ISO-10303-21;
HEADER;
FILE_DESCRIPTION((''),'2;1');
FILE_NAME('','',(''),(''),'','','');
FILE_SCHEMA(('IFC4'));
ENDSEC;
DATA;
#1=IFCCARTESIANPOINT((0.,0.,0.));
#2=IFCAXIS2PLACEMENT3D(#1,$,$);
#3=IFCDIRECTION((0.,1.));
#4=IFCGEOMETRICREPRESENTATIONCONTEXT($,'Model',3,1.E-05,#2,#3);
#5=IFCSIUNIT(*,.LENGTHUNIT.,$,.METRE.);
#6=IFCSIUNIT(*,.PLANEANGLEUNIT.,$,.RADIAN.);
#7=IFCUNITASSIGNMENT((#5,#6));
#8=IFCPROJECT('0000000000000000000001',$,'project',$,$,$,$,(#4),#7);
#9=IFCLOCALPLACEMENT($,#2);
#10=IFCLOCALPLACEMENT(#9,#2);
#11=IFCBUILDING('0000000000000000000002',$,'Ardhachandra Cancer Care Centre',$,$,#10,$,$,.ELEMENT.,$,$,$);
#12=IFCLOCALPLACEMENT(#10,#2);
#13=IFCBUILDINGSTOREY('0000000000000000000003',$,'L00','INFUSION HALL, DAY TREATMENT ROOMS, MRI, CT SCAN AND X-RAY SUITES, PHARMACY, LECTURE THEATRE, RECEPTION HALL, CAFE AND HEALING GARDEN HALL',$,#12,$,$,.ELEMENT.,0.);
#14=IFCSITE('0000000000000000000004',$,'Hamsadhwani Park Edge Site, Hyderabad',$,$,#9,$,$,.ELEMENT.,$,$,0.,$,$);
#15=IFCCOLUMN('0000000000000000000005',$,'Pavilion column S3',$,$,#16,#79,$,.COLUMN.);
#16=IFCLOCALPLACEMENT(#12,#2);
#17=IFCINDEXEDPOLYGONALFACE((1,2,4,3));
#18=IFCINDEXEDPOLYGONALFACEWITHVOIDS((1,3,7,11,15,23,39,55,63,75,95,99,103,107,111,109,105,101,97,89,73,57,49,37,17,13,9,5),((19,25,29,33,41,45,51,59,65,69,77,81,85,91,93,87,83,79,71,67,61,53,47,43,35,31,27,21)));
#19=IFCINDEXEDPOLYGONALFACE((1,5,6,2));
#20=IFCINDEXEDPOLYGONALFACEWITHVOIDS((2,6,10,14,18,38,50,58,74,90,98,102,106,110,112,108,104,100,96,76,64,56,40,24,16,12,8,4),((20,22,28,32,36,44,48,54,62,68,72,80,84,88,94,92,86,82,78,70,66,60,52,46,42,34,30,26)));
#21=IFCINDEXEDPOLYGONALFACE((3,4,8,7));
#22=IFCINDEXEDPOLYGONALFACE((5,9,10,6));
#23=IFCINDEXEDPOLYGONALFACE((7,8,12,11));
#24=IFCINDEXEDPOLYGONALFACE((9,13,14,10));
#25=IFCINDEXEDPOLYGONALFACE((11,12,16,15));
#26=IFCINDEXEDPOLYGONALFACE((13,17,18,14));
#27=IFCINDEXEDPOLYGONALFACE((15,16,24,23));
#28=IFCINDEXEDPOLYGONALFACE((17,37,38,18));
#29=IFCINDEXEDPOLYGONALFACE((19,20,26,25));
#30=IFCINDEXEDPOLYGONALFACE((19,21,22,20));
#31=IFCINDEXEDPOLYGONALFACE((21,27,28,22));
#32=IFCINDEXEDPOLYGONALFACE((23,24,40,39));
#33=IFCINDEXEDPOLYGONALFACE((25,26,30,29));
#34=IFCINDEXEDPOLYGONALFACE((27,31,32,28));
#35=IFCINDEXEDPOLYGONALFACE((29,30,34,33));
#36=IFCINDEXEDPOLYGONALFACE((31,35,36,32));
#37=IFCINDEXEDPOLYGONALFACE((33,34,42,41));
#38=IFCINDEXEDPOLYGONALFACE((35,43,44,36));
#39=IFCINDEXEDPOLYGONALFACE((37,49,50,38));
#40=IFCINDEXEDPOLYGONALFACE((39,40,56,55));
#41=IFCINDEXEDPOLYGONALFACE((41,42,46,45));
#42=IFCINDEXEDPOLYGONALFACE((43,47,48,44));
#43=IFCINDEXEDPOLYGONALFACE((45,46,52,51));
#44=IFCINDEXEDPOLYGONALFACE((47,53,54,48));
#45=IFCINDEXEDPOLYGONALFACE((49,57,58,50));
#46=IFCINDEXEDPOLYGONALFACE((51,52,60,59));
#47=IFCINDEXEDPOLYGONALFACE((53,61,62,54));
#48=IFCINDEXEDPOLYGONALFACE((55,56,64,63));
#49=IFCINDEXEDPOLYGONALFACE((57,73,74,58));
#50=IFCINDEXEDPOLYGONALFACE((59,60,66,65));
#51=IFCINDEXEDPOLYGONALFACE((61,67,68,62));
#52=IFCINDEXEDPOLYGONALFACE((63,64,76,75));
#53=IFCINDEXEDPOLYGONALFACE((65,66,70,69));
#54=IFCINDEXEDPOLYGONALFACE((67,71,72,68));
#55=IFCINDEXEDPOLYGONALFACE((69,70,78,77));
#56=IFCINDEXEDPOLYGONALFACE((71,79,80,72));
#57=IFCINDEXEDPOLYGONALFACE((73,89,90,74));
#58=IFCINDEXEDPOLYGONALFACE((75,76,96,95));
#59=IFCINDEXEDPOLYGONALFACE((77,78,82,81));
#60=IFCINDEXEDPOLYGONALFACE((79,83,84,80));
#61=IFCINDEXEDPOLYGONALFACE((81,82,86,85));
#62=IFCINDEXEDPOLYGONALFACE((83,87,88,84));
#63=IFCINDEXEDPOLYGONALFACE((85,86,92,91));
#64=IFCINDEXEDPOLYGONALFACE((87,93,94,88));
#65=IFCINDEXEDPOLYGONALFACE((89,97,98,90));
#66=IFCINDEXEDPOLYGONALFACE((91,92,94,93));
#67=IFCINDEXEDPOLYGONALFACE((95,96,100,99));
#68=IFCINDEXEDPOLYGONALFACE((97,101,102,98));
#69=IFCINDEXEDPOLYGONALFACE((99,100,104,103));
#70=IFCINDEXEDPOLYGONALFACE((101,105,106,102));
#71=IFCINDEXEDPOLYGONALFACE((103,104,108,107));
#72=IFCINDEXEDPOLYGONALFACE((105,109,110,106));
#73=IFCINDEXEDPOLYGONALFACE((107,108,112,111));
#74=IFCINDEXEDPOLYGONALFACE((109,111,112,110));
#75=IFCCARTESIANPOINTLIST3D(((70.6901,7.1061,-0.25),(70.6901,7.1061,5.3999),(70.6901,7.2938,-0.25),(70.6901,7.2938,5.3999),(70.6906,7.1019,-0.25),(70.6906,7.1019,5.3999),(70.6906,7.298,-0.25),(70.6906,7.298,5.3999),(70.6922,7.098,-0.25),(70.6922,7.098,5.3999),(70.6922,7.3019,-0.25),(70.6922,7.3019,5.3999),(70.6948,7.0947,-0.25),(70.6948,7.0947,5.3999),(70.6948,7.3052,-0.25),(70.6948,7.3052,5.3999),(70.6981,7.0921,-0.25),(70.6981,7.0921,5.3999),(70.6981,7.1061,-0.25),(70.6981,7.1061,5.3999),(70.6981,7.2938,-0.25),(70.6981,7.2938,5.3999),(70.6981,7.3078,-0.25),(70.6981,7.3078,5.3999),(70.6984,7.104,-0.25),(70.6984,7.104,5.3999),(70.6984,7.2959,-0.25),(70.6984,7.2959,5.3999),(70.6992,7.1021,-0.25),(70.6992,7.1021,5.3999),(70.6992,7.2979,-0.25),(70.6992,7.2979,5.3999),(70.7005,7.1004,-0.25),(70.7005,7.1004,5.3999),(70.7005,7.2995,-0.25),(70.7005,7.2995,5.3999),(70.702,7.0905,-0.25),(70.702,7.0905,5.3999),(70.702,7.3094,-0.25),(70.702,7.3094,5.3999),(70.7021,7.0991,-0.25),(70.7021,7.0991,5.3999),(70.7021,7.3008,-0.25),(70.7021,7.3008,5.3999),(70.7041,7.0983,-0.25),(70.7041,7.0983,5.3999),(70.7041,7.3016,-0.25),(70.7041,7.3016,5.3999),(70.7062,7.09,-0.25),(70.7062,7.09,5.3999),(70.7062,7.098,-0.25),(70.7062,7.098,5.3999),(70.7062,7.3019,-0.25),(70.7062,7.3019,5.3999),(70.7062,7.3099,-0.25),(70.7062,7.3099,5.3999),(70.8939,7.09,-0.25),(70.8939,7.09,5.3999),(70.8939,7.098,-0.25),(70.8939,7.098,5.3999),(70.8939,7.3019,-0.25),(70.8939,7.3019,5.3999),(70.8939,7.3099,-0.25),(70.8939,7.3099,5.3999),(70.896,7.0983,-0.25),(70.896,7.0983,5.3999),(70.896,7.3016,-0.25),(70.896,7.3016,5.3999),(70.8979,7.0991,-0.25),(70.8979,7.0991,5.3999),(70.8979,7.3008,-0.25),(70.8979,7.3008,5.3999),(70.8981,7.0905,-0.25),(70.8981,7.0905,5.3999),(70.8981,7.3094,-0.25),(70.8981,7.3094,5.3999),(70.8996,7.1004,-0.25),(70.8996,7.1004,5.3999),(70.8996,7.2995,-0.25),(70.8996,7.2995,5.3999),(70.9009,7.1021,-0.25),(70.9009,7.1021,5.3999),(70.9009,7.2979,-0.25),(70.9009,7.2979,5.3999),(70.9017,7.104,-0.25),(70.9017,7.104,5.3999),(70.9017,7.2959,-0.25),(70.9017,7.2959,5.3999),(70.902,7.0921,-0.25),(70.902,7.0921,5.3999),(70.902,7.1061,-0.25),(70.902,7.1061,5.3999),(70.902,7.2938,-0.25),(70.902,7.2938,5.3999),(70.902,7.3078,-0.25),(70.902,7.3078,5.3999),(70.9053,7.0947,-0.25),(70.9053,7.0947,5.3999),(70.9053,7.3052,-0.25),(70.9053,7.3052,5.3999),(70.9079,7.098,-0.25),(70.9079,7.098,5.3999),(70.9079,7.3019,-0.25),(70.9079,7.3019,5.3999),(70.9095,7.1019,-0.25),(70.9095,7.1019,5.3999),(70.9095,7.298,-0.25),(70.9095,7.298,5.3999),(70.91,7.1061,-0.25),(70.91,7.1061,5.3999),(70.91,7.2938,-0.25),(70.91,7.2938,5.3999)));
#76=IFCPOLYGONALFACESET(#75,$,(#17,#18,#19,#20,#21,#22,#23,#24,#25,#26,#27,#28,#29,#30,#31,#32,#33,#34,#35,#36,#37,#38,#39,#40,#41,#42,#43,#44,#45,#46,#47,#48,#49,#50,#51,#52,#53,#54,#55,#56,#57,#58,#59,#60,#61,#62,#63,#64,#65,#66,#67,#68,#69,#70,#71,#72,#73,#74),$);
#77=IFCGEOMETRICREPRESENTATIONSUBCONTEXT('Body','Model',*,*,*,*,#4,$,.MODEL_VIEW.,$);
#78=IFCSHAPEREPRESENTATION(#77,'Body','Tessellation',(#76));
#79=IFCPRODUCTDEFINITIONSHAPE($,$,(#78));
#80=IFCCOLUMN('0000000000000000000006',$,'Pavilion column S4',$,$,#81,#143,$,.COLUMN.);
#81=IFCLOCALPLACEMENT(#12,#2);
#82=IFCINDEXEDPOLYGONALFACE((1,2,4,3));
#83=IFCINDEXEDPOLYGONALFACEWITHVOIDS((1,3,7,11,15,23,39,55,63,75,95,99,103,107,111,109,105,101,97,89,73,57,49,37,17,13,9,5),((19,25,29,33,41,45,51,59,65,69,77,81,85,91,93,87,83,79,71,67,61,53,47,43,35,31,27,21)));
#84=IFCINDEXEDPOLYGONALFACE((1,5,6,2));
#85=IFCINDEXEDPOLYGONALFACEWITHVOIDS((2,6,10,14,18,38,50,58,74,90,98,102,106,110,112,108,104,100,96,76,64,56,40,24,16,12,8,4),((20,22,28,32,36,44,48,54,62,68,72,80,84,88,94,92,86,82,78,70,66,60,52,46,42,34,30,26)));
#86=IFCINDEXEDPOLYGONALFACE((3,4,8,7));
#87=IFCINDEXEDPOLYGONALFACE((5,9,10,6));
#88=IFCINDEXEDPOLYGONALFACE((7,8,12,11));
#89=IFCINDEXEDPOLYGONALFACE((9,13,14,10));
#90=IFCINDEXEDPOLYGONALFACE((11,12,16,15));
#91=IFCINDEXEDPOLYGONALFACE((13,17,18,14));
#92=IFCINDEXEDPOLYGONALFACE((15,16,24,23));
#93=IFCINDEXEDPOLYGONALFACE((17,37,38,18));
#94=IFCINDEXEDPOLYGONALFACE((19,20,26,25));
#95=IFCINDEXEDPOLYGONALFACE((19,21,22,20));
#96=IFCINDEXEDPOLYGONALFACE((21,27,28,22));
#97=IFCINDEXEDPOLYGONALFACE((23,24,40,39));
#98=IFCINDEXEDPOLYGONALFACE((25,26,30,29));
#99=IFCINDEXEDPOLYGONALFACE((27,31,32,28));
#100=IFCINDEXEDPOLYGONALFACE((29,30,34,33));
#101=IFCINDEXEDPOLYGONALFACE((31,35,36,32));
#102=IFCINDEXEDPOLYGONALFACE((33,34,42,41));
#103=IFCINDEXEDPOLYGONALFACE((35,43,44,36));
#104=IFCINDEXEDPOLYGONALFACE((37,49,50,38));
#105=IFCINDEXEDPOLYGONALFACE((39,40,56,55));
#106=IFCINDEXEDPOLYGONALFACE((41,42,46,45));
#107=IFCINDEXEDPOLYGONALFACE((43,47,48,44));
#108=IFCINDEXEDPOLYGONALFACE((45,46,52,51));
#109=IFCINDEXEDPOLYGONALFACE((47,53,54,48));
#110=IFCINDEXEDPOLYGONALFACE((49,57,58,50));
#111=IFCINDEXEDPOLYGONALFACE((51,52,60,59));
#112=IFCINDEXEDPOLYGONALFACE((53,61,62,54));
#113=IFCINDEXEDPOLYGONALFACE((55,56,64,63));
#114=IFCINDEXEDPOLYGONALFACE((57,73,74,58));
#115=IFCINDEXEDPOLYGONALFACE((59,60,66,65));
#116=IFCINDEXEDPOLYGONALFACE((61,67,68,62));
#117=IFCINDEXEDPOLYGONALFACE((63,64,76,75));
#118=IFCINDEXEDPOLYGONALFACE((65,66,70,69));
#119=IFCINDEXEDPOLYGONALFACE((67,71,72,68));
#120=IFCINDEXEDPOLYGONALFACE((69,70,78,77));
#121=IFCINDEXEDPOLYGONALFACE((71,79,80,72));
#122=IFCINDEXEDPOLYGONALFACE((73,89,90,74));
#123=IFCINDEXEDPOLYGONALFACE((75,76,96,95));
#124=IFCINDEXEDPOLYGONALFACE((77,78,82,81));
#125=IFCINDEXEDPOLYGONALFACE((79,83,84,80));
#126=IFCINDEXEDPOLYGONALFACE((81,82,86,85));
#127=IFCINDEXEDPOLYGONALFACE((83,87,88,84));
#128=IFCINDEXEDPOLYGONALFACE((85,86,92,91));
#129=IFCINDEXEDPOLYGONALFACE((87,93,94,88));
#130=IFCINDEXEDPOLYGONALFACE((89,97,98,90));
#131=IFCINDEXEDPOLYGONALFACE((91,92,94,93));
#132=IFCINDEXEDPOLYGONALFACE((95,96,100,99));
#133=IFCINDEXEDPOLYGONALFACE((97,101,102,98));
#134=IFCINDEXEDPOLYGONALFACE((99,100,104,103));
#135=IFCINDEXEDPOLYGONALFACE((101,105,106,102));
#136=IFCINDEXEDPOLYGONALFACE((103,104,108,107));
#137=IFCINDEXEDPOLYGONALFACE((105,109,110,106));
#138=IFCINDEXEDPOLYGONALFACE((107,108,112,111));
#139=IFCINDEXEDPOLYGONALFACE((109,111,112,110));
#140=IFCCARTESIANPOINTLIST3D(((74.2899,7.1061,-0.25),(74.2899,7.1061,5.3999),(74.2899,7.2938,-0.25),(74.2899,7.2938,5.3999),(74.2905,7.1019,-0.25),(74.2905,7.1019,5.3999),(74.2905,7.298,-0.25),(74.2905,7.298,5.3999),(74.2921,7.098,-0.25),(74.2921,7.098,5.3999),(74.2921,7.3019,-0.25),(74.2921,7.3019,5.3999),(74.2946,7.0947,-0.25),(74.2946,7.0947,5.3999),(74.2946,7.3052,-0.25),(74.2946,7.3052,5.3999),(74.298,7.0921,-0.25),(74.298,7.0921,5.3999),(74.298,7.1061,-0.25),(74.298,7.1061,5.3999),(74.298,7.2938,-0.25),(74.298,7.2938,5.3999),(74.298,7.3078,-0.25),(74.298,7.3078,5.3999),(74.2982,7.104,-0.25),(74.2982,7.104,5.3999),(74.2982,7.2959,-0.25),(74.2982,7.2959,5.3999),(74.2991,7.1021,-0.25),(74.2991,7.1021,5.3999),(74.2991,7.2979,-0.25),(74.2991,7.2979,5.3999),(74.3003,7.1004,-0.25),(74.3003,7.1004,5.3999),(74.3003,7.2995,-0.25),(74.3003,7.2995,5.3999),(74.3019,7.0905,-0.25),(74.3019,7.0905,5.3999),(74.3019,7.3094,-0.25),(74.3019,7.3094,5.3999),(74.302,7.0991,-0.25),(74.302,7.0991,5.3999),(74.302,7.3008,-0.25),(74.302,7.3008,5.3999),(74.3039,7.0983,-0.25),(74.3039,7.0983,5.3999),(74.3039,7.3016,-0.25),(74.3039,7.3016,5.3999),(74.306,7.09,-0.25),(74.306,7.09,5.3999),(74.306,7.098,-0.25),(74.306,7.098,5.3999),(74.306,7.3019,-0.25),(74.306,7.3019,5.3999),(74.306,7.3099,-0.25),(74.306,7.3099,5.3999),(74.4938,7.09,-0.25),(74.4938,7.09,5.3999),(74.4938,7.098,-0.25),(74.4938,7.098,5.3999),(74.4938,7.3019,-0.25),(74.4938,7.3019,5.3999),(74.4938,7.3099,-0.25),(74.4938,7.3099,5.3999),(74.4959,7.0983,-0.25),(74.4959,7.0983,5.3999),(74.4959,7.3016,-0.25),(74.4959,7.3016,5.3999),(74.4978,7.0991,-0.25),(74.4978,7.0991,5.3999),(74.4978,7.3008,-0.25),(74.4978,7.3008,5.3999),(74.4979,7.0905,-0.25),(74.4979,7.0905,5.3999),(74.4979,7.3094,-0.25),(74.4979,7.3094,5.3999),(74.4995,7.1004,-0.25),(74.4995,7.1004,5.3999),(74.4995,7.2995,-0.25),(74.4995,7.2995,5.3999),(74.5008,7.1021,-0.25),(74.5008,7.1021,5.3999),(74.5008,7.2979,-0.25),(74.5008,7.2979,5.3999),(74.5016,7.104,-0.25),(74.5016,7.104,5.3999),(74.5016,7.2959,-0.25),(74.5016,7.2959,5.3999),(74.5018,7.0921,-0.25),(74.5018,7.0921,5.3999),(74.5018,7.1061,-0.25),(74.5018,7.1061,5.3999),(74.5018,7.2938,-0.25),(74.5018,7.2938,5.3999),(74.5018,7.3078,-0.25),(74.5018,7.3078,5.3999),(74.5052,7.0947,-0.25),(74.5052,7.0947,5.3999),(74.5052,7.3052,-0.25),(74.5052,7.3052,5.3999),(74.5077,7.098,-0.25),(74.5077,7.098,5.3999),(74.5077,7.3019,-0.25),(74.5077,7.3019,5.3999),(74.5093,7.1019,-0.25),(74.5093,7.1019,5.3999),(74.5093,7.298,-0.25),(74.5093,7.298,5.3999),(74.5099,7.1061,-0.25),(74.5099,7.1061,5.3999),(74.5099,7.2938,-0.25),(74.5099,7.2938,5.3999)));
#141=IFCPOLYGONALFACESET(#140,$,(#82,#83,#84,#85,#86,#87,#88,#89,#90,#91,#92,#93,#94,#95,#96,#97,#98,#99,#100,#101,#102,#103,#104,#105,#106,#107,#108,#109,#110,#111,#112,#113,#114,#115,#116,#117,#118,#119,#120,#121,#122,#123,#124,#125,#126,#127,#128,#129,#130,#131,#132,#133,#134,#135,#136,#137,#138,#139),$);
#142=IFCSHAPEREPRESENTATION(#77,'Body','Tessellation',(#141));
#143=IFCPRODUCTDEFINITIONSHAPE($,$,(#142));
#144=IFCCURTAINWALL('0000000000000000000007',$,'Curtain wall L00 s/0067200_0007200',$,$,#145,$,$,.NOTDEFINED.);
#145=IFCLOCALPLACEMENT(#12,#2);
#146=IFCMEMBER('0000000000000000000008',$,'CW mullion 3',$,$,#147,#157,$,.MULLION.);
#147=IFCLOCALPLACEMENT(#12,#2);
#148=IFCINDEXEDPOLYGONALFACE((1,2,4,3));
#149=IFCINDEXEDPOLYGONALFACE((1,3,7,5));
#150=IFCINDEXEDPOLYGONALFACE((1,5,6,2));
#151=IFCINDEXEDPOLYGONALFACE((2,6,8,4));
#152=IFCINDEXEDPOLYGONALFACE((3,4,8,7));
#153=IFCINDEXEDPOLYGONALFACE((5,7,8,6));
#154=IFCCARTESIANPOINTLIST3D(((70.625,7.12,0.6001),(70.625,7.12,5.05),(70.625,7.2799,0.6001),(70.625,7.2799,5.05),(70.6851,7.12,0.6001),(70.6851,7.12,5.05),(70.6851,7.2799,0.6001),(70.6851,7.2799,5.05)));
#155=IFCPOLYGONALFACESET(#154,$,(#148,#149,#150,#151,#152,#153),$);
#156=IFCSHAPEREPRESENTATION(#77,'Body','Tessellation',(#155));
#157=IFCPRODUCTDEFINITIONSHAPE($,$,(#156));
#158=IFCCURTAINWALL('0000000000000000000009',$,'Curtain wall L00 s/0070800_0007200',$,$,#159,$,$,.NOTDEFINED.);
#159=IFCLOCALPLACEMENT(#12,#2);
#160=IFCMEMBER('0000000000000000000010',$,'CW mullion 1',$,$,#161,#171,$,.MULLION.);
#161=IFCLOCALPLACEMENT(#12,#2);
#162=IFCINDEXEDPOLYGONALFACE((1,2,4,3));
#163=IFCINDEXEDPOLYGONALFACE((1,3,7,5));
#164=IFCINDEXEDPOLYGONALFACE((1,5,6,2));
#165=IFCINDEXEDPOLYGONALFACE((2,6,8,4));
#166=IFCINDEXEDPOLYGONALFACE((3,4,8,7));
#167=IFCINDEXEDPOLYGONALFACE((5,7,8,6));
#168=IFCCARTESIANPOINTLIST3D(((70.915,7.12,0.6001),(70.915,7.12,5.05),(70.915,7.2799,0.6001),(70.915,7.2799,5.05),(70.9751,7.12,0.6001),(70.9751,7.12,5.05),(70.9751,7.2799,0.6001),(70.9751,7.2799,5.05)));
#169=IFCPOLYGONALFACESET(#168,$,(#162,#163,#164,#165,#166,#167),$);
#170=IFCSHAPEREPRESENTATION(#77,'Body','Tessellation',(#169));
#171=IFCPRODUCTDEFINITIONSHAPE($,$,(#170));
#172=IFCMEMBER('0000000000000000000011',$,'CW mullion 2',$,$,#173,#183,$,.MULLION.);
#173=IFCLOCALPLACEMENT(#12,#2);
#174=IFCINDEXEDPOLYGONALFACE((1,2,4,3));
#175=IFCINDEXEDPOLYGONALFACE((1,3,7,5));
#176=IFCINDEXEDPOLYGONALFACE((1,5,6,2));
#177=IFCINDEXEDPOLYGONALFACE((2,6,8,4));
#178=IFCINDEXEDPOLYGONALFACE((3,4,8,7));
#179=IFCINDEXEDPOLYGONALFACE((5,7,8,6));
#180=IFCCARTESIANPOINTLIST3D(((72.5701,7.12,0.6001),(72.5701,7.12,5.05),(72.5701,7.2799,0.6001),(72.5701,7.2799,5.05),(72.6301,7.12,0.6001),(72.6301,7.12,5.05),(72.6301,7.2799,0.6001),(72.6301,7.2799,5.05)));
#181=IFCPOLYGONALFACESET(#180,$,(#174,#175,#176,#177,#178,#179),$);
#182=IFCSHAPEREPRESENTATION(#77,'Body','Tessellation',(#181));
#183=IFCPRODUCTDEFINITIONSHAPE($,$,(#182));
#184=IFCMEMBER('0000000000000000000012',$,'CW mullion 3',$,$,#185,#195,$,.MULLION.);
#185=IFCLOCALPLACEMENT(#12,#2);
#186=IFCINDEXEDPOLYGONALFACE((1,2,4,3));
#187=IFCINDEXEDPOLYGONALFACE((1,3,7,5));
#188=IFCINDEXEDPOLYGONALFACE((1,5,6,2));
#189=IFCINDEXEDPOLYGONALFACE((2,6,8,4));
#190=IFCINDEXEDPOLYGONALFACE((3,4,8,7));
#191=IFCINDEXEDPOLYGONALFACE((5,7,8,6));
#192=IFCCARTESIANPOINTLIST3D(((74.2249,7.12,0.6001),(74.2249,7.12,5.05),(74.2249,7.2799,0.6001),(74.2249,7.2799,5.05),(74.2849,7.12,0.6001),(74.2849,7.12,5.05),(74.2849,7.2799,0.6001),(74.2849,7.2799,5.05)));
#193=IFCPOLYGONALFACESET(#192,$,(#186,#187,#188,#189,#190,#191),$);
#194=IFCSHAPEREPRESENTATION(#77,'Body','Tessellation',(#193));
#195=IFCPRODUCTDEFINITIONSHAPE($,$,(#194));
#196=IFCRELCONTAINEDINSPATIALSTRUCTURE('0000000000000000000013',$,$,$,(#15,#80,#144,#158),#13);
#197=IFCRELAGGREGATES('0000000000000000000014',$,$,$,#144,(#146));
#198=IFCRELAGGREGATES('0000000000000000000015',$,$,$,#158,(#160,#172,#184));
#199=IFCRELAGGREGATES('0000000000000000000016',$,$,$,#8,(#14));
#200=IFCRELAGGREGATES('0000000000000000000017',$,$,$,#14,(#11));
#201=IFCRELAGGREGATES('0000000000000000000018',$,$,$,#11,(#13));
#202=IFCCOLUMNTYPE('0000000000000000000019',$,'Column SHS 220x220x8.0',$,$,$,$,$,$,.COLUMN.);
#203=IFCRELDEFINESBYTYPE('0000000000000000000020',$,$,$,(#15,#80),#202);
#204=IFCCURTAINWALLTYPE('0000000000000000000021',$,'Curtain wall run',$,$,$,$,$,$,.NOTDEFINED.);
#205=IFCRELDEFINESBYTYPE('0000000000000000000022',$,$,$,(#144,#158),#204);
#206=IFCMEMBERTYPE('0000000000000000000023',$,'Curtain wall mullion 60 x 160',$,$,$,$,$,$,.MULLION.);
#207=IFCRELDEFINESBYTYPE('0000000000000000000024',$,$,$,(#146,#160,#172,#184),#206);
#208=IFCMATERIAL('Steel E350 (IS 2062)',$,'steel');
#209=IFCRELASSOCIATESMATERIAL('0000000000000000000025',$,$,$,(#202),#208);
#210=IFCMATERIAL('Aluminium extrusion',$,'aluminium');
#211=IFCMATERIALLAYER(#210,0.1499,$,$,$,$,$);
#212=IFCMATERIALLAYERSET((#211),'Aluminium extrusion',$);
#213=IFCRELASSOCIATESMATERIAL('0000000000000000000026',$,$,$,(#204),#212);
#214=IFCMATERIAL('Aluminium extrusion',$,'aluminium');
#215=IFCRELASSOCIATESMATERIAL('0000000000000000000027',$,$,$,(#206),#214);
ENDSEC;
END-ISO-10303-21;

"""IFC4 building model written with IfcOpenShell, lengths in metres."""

from ifc_helpers import new_model, si_unit, direction, frame, origin, origin_2d, place, context, subcontext, project, spatial, rectangle, hollow_rectangle, extrude, material, layer, layer_set, material_profile, profile_set, type_object, element, aggregate, save


model = new_model("IFC4")

# Units and contexts
model_context = context("Model", 3, precision=1e-05, world=origin(), true_north=direction((0.0, 1.0)))
body_context = subcontext(model_context, "Body", "Model", "MODEL_VIEW")
ifc_project = project(units=[si_unit("LENGTHUNIT", "METRE"), si_unit("PLANEANGLEUNIT", "RADIAN")], contexts=[model_context])

# Site, building, storey
site_placement = place(None, origin())
site = spatial("IfcSite", under=ifc_project, at=site_placement, Name="Hamsadhwani Park Edge Site, Hyderabad", CompositionType="ELEMENT", RefElevation=0.0)
building_placement = place(site_placement, origin())
building = spatial("IfcBuilding", under=site, at=building_placement, Name="Ardhachandra Cancer Care Centre", CompositionType="ELEMENT")
storey_placement = place(building_placement, origin())
storey = spatial("IfcBuildingStorey", under=building, at=storey_placement, Name="L00", Description="INFUSION HALL, DAY TREATMENT ROOMS, MRI, CT SCAN AND X-RAY SUITES, PHARMACY, LECTURE THEATRE, RECEPTION HALL, CAFE AND HEALING GARDEN HALL", CompositionType="ELEMENT", Elevation=0.0)

# Columns
ifc_material_1 = material(Name="Steel E350 (IS 2062)", Category="steel")
ifc_material_profile_1 = material_profile(ifc_material_1, hollow_rectangle(XDim=0.22, YDim=0.22, WallThickness=0.0081, InnerFilletRadius=0.0081, OuterFilletRadius=0.0161, at=origin_2d()), Name="SHS 220x220x8.0")
ifc_profile_set_1 = profile_set([ifc_material_profile_1], Name="Steel E350 (IS 2062)")
column_type = type_object("IfcColumnType", Name="Column SHS 220x220x8.0", PredefinedType="COLUMN", material=ifc_profile_set_1)
for number, where, z_axis, x_axis, name in (
    (1, (70.8, 7.2, -0.25), (0.0, 0.0, 1.0), (1.0, 0.0, 0.0), "Pavilion column S3"),
    (2, (74.3999, 7.2, -0.25), (0.0, 0.0, 1.0), (1.0, 0.0, 0.0), "Pavilion column S4"),
):
    element("IfcColumn", number, at=place(storey_placement, frame(where, z_axis=z_axis, x_axis=x_axis)), inside=storey, type_object=column_type, Name=name, PredefinedType="COLUMN", context=body_context, shape_type="SweptSolid", body=[
        extrude(hollow_rectangle(XDim=0.22, YDim=0.22, WallThickness=0.0081, InnerFilletRadius=0.0081, OuterFilletRadius=0.0161, at=origin_2d()), origin(), (0.0, 0.0, 1.0), 5.6499),
    ])

# Curtain wall, member
ifc_material_2 = material(Name="Aluminium extrusion", Category="aluminium")
ifc_layer_1 = layer(ifc_material_2, 0.1499)
ifc_layer_set_1 = layer_set([ifc_layer_1], Name="Aluminium extrusion")
curtain_wall_type = type_object("IfcCurtainWallType", Name="Curtain wall run", PredefinedType="NOTDEFINED", material=ifc_layer_set_1)
curtain_wall_1_placement = place(storey_placement, origin())
curtain_wall_1 = element("IfcCurtainWall", 3, at=curtain_wall_1_placement, inside=storey, type_object=curtain_wall_type, Name="Curtain wall L00 s/0067200_0007200", PredefinedType="NOTDEFINED")
ifc_material_3 = material(Name="Aluminium extrusion", Category="aluminium")
ifc_material_profile_2 = material_profile(ifc_material_3, rectangle(XDim=0.1599, YDim=0.0601, at=origin_2d()), Name="Curtain wall mullion 60 x 160")
ifc_profile_set_2 = profile_set([ifc_material_profile_2], Name="Aluminium extrusion")
member_type_1 = type_object("IfcMemberType", Name="Curtain wall mullion 60 x 160", PredefinedType="MULLION", material=ifc_profile_set_2)
member_1_placement = place(storey_placement, frame((70.655, 7.2, 0.6001), z_axis=(0.0, 0.0, 1.0), x_axis=(0.0, 1.0, 0.0)))
member_1 = element("IfcMember", 4, at=member_1_placement, type_object=member_type_1, Name="CW mullion 3", PredefinedType="MULLION", context=body_context, shape_type="SweptSolid", body=[
    extrude(rectangle(XDim=0.1599, YDim=0.0601, at=origin_2d()), origin(), (0.0, 0.0, 1.0), 4.45),
])
aggregate(curtain_wall_1, [member_1])

# Curtain wall, members
curtain_wall_2_placement = place(storey_placement, origin())
curtain_wall_2 = element("IfcCurtainWall", 5, at=curtain_wall_2_placement, inside=storey, type_object=curtain_wall_type, Name="Curtain wall L00 s/0070800_0007200", PredefinedType="NOTDEFINED")
member_2_placement = place(storey_placement, frame((70.9451, 7.2, 0.6001), z_axis=(0.0, 0.0, 1.0), x_axis=(0.0, 1.0, 0.0)))
member_2 = element("IfcMember", 6, at=member_2_placement, type_object=member_type_1, Name="CW mullion 1", PredefinedType="MULLION", context=body_context, shape_type="SweptSolid", body=[
    extrude(rectangle(XDim=0.1599, YDim=0.0601, at=origin_2d()), origin(), (0.0, 0.0, 1.0), 4.45),
])
member_3_placement = place(storey_placement, frame((72.6001, 7.2, 0.6001), z_axis=(0.0, 0.0, 1.0), x_axis=(0.0, 1.0, 0.0)))
member_3 = element("IfcMember", 7, at=member_3_placement, type_object=member_type_1, Name="CW mullion 2", PredefinedType="MULLION", context=body_context, shape_type="SweptSolid", body=[
    extrude(rectangle(XDim=0.1599, YDim=0.0601, at=origin_2d()), origin(), (0.0, 0.0, 1.0), 4.45),
])
member_4_placement = place(storey_placement, frame((74.2549, 7.2, 0.6001), z_axis=(0.0, 0.0, 1.0), x_axis=(0.0, 1.0, 0.0)))
member_4 = element("IfcMember", 8, at=member_4_placement, type_object=member_type_1, Name="CW mullion 3", PredefinedType="MULLION", context=body_context, shape_type="SweptSolid", body=[
    extrude(rectangle(XDim=0.1599, YDim=0.0601, at=origin_2d()), origin(), (0.0, 0.0, 1.0), 4.45),
])

aggregate(curtain_wall_2, [member_2, member_3, member_4])

save(model, "model.ifc")
